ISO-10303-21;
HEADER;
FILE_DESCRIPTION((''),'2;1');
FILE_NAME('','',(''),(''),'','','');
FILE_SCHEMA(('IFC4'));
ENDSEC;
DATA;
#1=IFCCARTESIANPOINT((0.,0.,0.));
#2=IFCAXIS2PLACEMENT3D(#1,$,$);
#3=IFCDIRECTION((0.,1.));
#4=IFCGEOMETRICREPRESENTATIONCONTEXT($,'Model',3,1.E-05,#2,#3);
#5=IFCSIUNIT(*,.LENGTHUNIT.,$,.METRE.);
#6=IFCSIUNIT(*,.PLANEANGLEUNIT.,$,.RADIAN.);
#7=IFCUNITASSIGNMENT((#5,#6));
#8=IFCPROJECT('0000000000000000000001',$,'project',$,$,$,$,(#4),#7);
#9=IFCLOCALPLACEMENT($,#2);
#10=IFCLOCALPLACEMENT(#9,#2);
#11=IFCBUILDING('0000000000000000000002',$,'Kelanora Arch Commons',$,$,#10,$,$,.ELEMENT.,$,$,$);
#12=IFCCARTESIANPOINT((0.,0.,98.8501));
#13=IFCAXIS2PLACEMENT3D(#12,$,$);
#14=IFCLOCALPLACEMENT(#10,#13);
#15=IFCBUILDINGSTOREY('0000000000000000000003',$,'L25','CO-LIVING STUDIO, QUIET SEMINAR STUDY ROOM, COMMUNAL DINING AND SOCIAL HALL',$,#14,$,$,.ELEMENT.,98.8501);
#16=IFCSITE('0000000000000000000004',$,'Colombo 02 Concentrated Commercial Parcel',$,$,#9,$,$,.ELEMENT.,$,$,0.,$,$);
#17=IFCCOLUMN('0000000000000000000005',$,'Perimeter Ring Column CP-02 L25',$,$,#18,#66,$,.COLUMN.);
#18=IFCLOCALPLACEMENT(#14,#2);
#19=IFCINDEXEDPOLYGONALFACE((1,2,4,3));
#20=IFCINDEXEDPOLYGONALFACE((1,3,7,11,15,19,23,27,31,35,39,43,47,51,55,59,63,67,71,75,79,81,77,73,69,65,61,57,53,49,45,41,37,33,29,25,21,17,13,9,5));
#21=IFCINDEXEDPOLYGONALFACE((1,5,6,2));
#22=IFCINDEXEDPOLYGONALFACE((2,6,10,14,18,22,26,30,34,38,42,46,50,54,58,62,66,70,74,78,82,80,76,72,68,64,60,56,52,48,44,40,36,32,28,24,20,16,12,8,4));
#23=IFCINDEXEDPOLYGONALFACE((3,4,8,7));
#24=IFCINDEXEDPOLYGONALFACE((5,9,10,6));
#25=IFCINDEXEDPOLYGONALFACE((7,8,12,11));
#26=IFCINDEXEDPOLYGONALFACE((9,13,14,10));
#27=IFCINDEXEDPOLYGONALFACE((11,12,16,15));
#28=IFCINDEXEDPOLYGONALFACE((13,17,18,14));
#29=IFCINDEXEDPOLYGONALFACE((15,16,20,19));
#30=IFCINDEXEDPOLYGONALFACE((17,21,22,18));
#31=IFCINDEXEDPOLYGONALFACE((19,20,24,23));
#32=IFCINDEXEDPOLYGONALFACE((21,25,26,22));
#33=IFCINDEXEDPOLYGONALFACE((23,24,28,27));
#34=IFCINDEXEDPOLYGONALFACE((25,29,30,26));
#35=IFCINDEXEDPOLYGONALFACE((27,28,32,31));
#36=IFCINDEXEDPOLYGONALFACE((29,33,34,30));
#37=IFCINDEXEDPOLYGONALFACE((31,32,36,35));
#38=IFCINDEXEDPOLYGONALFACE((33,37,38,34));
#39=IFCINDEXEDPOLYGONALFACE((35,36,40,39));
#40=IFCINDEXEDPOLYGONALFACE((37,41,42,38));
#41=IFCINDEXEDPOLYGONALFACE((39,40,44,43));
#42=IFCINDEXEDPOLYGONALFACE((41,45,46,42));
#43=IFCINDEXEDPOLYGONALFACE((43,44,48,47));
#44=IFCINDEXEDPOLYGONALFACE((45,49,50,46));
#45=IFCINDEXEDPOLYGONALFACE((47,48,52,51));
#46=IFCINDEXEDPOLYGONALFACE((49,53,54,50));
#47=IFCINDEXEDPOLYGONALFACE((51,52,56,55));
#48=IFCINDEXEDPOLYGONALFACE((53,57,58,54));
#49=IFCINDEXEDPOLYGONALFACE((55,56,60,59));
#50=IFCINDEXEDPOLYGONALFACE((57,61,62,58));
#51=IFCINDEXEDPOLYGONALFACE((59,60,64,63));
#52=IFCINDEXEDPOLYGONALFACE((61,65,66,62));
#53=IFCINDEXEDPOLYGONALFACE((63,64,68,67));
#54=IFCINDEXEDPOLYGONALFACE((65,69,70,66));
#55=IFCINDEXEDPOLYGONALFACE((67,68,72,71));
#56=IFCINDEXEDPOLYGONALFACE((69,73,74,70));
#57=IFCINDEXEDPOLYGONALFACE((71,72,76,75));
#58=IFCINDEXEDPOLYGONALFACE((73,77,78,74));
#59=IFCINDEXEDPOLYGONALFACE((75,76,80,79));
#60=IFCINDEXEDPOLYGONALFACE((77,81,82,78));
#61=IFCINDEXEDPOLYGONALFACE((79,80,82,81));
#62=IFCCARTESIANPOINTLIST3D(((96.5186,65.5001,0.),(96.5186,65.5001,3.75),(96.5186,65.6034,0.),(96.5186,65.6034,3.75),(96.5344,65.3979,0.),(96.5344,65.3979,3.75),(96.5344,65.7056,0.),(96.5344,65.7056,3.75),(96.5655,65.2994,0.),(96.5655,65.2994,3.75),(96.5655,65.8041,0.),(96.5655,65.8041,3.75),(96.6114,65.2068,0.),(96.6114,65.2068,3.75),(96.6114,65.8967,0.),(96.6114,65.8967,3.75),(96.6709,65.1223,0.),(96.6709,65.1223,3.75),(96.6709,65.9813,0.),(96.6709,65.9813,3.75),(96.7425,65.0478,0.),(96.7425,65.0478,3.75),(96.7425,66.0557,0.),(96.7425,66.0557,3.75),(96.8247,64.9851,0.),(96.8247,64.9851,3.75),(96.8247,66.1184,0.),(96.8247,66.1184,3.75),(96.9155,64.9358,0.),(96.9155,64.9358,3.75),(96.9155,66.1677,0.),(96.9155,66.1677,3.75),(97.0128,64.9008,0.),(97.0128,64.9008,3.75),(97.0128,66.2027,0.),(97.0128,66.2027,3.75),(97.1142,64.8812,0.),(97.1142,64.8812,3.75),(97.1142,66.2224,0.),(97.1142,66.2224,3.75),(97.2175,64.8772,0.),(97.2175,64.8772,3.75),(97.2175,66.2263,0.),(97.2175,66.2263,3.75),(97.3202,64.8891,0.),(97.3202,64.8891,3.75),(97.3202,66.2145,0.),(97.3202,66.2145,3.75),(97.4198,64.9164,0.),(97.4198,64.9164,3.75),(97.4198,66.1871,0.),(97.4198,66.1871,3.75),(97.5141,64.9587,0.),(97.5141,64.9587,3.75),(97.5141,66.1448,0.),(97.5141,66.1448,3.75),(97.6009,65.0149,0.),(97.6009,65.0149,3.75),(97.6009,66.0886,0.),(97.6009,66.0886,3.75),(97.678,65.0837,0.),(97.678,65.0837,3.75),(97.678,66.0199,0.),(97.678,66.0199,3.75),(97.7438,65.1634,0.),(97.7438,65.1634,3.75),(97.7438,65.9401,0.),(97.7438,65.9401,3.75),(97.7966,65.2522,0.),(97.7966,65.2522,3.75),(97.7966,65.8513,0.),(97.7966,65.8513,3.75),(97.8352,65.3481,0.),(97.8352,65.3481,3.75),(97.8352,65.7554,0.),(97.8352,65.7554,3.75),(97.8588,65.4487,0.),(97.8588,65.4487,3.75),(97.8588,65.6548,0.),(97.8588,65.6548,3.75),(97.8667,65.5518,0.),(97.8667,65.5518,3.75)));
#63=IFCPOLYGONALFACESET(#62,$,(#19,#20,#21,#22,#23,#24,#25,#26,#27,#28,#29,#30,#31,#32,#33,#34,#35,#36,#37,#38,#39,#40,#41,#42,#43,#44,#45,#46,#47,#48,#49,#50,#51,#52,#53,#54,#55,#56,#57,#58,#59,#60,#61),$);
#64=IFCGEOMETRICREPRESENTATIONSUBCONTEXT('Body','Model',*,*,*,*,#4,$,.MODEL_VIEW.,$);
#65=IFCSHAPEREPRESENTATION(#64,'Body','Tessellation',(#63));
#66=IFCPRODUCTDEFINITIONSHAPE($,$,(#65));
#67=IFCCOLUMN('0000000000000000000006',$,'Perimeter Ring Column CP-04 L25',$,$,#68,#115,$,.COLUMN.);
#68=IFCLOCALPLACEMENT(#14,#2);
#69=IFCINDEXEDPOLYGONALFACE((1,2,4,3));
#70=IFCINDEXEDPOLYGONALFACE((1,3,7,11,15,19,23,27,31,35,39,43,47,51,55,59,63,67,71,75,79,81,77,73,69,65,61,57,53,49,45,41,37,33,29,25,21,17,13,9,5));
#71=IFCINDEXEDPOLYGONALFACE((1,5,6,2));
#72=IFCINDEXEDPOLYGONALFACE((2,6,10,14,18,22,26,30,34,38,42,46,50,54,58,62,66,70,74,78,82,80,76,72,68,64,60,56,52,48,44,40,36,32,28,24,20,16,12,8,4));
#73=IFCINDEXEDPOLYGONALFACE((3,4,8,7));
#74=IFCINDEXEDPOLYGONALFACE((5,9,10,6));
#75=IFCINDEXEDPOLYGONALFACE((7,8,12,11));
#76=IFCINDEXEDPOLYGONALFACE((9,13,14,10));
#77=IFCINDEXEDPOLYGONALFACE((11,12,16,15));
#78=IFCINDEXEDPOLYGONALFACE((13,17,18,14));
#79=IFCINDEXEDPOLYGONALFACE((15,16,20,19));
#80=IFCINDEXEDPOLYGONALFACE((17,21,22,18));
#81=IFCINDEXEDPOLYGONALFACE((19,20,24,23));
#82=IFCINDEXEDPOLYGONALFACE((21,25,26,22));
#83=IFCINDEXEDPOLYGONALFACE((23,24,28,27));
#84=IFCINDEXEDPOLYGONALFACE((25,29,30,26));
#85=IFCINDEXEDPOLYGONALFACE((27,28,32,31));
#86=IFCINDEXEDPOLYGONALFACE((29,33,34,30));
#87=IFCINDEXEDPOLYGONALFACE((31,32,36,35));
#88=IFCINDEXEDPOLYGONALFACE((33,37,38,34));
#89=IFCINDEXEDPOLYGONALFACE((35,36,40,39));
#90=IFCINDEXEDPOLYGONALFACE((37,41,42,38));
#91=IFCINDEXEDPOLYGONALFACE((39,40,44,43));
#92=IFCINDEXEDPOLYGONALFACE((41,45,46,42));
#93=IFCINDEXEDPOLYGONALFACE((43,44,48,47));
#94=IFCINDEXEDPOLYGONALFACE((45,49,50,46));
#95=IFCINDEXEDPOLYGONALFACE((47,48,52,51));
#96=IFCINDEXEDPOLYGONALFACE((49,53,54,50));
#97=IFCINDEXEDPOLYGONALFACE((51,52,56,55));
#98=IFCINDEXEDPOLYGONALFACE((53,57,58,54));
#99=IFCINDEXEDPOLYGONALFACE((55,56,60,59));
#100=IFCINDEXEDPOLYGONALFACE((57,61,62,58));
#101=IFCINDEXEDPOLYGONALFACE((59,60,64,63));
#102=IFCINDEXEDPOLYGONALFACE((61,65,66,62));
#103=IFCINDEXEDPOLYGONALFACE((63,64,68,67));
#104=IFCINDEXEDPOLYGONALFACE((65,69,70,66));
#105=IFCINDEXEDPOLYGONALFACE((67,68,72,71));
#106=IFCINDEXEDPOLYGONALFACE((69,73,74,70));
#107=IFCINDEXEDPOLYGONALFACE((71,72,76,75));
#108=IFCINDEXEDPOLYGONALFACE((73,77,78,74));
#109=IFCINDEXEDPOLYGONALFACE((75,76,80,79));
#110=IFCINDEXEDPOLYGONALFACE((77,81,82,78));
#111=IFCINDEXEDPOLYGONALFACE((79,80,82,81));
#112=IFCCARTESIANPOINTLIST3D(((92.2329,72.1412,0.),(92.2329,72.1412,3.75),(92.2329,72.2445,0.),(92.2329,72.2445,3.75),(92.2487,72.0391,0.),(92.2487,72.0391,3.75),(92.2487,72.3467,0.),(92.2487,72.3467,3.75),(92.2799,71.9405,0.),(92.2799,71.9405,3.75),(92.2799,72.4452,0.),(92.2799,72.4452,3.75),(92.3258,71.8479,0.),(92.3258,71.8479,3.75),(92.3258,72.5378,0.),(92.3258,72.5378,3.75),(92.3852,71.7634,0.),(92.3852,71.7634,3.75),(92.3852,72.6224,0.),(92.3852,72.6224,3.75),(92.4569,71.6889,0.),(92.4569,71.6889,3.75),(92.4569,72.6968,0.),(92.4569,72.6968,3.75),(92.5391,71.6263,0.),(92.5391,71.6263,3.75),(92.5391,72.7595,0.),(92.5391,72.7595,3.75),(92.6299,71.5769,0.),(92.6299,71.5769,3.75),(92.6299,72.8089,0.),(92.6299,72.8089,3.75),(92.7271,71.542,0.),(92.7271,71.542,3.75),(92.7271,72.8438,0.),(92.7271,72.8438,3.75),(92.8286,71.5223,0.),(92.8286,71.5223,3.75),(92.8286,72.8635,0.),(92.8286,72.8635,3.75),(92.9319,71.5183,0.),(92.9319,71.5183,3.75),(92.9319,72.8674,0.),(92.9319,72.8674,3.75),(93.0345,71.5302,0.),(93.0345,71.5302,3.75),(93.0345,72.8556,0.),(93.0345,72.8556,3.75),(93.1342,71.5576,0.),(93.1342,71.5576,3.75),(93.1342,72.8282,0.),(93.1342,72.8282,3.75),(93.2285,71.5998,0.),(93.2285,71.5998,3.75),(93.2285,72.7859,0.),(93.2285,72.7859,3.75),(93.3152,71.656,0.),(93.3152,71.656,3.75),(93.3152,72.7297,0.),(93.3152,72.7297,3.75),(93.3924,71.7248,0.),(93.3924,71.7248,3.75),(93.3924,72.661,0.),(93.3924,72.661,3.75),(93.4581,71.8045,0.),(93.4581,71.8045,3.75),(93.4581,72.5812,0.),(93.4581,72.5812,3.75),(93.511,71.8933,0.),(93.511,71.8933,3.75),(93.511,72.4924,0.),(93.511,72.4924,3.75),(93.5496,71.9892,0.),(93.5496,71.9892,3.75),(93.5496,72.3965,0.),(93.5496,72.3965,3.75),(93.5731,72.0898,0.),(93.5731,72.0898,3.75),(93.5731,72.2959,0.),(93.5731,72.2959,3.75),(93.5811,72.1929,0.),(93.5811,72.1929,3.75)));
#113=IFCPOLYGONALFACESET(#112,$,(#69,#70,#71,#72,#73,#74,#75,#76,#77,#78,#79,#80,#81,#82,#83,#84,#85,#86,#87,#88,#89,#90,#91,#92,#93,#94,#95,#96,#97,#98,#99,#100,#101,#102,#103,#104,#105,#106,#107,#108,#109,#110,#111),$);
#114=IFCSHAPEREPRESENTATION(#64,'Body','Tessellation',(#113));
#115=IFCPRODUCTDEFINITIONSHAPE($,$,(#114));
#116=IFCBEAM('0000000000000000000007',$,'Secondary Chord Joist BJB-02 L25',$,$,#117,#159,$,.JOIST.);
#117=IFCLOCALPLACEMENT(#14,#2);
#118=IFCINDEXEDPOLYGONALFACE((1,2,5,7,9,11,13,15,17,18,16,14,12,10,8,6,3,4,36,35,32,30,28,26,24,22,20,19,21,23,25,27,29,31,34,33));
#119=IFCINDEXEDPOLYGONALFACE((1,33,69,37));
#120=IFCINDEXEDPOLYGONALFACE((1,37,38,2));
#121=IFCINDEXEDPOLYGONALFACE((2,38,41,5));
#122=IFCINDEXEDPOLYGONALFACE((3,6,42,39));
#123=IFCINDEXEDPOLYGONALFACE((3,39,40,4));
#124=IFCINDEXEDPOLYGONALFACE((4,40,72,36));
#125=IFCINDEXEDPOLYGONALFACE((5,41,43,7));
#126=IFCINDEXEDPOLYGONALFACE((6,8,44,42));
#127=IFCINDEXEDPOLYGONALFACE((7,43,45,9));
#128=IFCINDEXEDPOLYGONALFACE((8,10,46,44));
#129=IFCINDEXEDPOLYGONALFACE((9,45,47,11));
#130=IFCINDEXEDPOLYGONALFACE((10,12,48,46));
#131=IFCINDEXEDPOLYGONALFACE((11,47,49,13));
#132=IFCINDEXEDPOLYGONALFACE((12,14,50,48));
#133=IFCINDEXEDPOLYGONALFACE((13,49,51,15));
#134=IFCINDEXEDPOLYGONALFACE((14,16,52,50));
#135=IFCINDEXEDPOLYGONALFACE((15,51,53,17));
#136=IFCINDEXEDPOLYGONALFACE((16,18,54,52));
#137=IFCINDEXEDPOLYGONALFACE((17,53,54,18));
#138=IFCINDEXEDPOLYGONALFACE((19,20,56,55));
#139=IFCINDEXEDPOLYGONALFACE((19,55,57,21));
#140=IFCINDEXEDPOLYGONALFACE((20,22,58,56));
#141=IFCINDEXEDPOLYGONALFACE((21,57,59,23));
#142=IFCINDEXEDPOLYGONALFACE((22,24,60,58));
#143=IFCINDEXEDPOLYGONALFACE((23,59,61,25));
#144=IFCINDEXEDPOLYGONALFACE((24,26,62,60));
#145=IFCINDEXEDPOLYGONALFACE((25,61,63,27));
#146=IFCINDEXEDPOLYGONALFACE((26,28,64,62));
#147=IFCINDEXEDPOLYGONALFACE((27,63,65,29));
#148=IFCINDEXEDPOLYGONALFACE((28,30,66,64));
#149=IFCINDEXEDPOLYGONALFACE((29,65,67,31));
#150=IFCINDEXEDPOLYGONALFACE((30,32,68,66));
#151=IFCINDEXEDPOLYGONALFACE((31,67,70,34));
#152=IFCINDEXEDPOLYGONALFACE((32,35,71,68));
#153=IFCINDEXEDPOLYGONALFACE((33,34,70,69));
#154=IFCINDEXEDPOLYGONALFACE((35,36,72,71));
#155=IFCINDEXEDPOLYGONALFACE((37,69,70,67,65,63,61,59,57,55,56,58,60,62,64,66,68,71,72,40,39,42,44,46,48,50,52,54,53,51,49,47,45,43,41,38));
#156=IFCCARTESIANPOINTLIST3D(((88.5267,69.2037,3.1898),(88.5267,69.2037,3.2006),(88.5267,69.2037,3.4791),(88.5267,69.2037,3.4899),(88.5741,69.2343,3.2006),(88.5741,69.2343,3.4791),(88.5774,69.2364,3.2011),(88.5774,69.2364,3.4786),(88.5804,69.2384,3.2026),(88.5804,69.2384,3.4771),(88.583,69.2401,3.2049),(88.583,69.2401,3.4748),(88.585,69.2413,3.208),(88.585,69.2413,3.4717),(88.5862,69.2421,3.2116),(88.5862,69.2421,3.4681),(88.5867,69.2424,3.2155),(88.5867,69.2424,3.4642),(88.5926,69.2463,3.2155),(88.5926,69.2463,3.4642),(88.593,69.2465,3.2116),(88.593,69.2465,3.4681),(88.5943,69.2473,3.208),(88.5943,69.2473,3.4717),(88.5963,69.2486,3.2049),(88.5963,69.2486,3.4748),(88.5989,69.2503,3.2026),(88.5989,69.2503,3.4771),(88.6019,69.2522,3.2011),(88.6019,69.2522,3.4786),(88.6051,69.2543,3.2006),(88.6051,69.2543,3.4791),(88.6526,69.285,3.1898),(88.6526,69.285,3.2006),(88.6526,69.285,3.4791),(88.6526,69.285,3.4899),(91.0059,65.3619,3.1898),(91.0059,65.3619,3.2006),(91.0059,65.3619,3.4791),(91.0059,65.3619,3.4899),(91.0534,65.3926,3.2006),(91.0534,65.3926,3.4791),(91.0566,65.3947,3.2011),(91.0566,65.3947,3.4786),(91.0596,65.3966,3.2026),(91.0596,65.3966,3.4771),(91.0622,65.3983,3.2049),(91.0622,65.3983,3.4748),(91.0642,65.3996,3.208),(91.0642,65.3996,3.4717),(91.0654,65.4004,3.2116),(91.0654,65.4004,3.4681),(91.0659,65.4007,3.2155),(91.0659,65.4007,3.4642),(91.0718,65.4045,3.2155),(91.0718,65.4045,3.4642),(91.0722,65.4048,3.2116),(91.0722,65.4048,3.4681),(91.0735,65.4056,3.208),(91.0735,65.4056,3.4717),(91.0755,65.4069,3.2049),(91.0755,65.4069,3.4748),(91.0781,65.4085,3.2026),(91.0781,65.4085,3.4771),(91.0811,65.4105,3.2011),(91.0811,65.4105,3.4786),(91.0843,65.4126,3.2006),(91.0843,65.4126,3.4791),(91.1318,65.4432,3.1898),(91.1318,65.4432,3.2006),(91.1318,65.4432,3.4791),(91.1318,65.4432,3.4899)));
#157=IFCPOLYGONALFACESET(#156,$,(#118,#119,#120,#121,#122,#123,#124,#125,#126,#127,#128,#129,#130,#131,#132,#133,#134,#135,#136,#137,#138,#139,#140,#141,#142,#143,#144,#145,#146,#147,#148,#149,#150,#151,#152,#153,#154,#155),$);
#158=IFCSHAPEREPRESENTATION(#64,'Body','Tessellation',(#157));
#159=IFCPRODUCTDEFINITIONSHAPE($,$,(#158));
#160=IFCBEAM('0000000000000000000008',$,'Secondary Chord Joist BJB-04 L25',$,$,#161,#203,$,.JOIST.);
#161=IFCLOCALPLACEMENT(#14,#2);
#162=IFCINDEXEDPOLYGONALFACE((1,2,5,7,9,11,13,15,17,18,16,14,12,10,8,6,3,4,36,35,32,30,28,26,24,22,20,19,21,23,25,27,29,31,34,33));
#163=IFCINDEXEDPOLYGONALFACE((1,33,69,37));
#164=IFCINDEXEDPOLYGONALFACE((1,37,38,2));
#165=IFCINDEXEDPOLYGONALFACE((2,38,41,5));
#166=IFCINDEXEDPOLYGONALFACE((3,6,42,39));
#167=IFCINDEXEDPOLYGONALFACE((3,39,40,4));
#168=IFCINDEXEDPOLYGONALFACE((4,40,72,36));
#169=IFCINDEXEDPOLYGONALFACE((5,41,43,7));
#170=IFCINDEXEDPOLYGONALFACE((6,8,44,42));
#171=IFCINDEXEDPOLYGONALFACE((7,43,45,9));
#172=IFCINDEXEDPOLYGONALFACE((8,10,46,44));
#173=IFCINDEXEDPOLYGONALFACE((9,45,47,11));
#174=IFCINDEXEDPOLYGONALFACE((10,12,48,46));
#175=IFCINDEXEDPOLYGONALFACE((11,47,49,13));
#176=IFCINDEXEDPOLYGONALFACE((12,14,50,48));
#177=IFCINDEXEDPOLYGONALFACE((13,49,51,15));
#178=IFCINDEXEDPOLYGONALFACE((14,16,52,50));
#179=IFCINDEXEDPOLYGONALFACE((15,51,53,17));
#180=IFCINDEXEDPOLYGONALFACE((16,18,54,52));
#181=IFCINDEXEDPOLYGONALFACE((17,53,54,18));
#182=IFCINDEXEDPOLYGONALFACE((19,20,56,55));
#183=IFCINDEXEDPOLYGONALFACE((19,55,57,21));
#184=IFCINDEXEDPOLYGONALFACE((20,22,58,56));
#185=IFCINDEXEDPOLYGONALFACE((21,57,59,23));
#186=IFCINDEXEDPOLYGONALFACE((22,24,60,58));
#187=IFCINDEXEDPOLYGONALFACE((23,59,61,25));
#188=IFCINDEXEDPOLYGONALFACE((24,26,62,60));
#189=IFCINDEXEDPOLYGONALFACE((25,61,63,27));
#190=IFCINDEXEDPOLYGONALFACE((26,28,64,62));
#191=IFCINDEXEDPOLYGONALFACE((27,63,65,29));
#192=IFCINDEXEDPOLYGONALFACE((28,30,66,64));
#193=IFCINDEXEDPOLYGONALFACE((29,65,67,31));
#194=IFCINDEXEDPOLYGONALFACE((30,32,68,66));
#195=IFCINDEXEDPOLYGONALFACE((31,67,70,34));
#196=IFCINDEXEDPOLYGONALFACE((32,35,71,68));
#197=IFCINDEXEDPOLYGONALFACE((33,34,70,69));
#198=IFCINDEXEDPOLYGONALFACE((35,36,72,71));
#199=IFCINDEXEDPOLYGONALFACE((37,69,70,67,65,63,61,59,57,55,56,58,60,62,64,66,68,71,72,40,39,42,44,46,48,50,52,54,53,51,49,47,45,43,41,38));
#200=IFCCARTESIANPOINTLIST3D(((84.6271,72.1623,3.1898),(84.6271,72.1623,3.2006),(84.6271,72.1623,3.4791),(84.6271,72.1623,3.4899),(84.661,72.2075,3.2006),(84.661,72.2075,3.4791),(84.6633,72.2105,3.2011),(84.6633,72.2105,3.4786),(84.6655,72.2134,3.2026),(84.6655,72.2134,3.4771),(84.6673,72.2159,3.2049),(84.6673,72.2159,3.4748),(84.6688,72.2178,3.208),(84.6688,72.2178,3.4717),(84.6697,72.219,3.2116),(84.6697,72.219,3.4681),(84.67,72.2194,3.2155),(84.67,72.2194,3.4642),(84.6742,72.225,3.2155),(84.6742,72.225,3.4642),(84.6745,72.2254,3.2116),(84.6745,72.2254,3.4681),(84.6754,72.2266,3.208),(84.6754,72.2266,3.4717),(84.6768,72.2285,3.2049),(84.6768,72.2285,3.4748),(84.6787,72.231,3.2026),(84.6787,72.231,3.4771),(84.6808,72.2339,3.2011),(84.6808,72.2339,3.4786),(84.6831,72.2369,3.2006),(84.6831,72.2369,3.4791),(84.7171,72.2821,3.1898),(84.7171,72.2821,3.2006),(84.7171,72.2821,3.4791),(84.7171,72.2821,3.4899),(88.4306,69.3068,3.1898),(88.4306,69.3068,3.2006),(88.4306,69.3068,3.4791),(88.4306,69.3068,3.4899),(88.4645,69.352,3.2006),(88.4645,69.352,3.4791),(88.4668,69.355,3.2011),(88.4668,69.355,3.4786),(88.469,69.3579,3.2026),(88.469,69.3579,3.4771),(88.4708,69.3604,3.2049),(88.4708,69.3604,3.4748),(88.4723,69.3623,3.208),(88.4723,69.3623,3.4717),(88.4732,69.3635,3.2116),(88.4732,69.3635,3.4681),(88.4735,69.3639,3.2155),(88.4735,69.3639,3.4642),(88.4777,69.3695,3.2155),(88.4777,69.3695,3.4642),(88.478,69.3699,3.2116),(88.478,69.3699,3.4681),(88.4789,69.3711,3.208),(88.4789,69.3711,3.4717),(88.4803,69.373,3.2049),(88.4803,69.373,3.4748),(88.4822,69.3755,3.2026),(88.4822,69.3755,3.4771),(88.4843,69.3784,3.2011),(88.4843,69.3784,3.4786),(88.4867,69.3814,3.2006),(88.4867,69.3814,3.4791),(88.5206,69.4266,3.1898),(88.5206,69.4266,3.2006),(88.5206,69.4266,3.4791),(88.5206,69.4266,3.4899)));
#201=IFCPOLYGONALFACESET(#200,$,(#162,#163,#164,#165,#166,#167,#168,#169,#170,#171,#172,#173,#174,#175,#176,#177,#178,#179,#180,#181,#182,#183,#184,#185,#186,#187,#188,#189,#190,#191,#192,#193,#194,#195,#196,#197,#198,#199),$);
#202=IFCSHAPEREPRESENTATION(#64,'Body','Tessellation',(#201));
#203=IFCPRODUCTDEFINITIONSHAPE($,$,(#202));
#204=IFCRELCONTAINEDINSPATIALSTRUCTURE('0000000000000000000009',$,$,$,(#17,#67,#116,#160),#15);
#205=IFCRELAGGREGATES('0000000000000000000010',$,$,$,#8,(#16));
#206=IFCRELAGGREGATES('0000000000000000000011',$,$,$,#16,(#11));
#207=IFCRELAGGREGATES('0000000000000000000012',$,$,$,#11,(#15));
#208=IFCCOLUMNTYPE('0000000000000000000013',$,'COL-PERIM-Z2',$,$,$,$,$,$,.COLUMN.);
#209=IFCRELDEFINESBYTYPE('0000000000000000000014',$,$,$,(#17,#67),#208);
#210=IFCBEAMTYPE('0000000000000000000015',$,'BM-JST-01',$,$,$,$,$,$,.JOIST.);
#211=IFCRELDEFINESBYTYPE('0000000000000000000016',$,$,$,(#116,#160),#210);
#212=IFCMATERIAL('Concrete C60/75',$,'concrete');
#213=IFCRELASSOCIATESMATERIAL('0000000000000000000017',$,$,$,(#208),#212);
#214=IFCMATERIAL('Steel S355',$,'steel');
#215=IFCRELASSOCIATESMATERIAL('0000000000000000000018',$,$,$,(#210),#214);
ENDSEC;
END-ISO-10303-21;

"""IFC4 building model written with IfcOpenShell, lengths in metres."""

from ifc_helpers import new_model, si_unit, direction, frame, origin, origin_2d, place, context, subcontext, project, spatial, circle, i_section, extrude, material, material_profile, profile_set, type_object, element, save


model = new_model("IFC4")

# Units and contexts
model_context = context("Model", 3, precision=1e-05, world=origin(), true_north=direction((0.0, 1.0)))
body_context = subcontext(model_context, "Body", "Model", "MODEL_VIEW")
ifc_project = project(units=[si_unit("LENGTHUNIT", "METRE"), si_unit("PLANEANGLEUNIT", "RADIAN")], contexts=[model_context])

# Site, building, storey
site_placement = place(None, origin())
site = spatial("IfcSite", under=ifc_project, at=site_placement, Name="Colombo 02 Concentrated Commercial Parcel", CompositionType="ELEMENT", RefElevation=0.0)
building_placement = place(site_placement, origin())
building = spatial("IfcBuilding", under=site, at=building_placement, Name="Kelanora Arch Commons", CompositionType="ELEMENT")
storey_placement = place(building_placement, frame((0.0, 0.0, 98.8501)))
storey = spatial("IfcBuildingStorey", under=building, at=storey_placement, Name="L25", Description="CO-LIVING STUDIO, QUIET SEMINAR STUDY ROOM, COMMUNAL DINING AND SOCIAL HALL", CompositionType="ELEMENT", Elevation=98.8501)

# Columns
ifc_material_1 = material(Name="Concrete C60/75", Category="concrete")
ifc_material_profile_1 = material_profile(ifc_material_1, circle(Radius=0.675, at=origin_2d()), Name="RCC1350")
ifc_profile_set_1 = profile_set([ifc_material_profile_1], Name="Concrete C60/75")
column_type = type_object("IfcColumnType", Name="COL-PERIM-Z2", PredefinedType="COLUMN", material=ifc_profile_set_1)
for number, where, z_axis, x_axis, name in (
    (1, (97.1917, 65.5518, 0.0), (0.0, 0.0, 1.0), (1.0, 0.0, 0.0), "Perimeter Ring Column CP-02 L25"),
    (2, (92.906, 72.1929, 0.0), (0.0, 0.0, 1.0), (1.0, 0.0, 0.0), "Perimeter Ring Column CP-04 L25"),
):
    element("IfcColumn", number, at=place(storey_placement, frame(where, z_axis=z_axis, x_axis=x_axis)), inside=storey, type_object=column_type, Name=name, PredefinedType="COLUMN", context=body_context, shape_type="SweptSolid", body=[
        extrude(circle(Radius=0.675, at=origin_2d()), origin(), (0.0, 0.0, 1.0), 3.75),
    ])

# Beams
ifc_material_2 = material(Name="Steel S355", Category="steel")
ifc_material_profile_2 = material_profile(ifc_material_2, i_section(OverallWidth=0.1499, OverallDepth=0.3, WebThickness=0.0071, FlangeThickness=0.0107, FilletRadius=0.0149, at=origin_2d()), Name="IPE300")
ifc_profile_set_2 = profile_set([ifc_material_profile_2], Name="Steel S355")
beam_type_1 = type_object("IfcBeamType", Name="BM-JST-01", PredefinedType="JOIST", material=ifc_profile_set_2)
beam_1_placement = place(storey_placement, frame((91.0688, 65.4026, 3.3398), z_axis=(-0.54223, 0.84023, 0.0), x_axis=(-0.84023, -0.54223, 0.0)))
element("IfcBeam", 3, at=beam_1_placement, inside=storey, type_object=beam_type_1, Name="Secondary Chord Joist BJB-02 L25", PredefinedType="JOIST", context=body_context, shape_type="SweptSolid", body=[
    extrude(i_section(OverallWidth=0.1499, OverallDepth=0.3, WebThickness=0.0071, FlangeThickness=0.0107, FilletRadius=0.0149, at=origin_2d()), origin(), (0.0, 0.0, 1.0), 4.5723),
])
beam_2_placement = place(storey_placement, frame((88.4756, 69.3667, 3.3398), z_axis=(-0.79971, 0.600386, 0.0), x_axis=(-0.600386, -0.79971, 0.0)))
element("IfcBeam", 4, at=beam_2_placement, inside=storey, type_object=beam_type_1, Name="Secondary Chord Joist BJB-04 L25", PredefinedType="JOIST", context=body_context, shape_type="SweptSolid", body=[
    extrude(i_section(OverallWidth=0.1499, OverallDepth=0.3, WebThickness=0.0071, FlangeThickness=0.0107, FilletRadius=0.0149, at=origin_2d()), origin(), (0.0, 0.0, 1.0), 4.7561),
])

save(model, "model.ifc")
